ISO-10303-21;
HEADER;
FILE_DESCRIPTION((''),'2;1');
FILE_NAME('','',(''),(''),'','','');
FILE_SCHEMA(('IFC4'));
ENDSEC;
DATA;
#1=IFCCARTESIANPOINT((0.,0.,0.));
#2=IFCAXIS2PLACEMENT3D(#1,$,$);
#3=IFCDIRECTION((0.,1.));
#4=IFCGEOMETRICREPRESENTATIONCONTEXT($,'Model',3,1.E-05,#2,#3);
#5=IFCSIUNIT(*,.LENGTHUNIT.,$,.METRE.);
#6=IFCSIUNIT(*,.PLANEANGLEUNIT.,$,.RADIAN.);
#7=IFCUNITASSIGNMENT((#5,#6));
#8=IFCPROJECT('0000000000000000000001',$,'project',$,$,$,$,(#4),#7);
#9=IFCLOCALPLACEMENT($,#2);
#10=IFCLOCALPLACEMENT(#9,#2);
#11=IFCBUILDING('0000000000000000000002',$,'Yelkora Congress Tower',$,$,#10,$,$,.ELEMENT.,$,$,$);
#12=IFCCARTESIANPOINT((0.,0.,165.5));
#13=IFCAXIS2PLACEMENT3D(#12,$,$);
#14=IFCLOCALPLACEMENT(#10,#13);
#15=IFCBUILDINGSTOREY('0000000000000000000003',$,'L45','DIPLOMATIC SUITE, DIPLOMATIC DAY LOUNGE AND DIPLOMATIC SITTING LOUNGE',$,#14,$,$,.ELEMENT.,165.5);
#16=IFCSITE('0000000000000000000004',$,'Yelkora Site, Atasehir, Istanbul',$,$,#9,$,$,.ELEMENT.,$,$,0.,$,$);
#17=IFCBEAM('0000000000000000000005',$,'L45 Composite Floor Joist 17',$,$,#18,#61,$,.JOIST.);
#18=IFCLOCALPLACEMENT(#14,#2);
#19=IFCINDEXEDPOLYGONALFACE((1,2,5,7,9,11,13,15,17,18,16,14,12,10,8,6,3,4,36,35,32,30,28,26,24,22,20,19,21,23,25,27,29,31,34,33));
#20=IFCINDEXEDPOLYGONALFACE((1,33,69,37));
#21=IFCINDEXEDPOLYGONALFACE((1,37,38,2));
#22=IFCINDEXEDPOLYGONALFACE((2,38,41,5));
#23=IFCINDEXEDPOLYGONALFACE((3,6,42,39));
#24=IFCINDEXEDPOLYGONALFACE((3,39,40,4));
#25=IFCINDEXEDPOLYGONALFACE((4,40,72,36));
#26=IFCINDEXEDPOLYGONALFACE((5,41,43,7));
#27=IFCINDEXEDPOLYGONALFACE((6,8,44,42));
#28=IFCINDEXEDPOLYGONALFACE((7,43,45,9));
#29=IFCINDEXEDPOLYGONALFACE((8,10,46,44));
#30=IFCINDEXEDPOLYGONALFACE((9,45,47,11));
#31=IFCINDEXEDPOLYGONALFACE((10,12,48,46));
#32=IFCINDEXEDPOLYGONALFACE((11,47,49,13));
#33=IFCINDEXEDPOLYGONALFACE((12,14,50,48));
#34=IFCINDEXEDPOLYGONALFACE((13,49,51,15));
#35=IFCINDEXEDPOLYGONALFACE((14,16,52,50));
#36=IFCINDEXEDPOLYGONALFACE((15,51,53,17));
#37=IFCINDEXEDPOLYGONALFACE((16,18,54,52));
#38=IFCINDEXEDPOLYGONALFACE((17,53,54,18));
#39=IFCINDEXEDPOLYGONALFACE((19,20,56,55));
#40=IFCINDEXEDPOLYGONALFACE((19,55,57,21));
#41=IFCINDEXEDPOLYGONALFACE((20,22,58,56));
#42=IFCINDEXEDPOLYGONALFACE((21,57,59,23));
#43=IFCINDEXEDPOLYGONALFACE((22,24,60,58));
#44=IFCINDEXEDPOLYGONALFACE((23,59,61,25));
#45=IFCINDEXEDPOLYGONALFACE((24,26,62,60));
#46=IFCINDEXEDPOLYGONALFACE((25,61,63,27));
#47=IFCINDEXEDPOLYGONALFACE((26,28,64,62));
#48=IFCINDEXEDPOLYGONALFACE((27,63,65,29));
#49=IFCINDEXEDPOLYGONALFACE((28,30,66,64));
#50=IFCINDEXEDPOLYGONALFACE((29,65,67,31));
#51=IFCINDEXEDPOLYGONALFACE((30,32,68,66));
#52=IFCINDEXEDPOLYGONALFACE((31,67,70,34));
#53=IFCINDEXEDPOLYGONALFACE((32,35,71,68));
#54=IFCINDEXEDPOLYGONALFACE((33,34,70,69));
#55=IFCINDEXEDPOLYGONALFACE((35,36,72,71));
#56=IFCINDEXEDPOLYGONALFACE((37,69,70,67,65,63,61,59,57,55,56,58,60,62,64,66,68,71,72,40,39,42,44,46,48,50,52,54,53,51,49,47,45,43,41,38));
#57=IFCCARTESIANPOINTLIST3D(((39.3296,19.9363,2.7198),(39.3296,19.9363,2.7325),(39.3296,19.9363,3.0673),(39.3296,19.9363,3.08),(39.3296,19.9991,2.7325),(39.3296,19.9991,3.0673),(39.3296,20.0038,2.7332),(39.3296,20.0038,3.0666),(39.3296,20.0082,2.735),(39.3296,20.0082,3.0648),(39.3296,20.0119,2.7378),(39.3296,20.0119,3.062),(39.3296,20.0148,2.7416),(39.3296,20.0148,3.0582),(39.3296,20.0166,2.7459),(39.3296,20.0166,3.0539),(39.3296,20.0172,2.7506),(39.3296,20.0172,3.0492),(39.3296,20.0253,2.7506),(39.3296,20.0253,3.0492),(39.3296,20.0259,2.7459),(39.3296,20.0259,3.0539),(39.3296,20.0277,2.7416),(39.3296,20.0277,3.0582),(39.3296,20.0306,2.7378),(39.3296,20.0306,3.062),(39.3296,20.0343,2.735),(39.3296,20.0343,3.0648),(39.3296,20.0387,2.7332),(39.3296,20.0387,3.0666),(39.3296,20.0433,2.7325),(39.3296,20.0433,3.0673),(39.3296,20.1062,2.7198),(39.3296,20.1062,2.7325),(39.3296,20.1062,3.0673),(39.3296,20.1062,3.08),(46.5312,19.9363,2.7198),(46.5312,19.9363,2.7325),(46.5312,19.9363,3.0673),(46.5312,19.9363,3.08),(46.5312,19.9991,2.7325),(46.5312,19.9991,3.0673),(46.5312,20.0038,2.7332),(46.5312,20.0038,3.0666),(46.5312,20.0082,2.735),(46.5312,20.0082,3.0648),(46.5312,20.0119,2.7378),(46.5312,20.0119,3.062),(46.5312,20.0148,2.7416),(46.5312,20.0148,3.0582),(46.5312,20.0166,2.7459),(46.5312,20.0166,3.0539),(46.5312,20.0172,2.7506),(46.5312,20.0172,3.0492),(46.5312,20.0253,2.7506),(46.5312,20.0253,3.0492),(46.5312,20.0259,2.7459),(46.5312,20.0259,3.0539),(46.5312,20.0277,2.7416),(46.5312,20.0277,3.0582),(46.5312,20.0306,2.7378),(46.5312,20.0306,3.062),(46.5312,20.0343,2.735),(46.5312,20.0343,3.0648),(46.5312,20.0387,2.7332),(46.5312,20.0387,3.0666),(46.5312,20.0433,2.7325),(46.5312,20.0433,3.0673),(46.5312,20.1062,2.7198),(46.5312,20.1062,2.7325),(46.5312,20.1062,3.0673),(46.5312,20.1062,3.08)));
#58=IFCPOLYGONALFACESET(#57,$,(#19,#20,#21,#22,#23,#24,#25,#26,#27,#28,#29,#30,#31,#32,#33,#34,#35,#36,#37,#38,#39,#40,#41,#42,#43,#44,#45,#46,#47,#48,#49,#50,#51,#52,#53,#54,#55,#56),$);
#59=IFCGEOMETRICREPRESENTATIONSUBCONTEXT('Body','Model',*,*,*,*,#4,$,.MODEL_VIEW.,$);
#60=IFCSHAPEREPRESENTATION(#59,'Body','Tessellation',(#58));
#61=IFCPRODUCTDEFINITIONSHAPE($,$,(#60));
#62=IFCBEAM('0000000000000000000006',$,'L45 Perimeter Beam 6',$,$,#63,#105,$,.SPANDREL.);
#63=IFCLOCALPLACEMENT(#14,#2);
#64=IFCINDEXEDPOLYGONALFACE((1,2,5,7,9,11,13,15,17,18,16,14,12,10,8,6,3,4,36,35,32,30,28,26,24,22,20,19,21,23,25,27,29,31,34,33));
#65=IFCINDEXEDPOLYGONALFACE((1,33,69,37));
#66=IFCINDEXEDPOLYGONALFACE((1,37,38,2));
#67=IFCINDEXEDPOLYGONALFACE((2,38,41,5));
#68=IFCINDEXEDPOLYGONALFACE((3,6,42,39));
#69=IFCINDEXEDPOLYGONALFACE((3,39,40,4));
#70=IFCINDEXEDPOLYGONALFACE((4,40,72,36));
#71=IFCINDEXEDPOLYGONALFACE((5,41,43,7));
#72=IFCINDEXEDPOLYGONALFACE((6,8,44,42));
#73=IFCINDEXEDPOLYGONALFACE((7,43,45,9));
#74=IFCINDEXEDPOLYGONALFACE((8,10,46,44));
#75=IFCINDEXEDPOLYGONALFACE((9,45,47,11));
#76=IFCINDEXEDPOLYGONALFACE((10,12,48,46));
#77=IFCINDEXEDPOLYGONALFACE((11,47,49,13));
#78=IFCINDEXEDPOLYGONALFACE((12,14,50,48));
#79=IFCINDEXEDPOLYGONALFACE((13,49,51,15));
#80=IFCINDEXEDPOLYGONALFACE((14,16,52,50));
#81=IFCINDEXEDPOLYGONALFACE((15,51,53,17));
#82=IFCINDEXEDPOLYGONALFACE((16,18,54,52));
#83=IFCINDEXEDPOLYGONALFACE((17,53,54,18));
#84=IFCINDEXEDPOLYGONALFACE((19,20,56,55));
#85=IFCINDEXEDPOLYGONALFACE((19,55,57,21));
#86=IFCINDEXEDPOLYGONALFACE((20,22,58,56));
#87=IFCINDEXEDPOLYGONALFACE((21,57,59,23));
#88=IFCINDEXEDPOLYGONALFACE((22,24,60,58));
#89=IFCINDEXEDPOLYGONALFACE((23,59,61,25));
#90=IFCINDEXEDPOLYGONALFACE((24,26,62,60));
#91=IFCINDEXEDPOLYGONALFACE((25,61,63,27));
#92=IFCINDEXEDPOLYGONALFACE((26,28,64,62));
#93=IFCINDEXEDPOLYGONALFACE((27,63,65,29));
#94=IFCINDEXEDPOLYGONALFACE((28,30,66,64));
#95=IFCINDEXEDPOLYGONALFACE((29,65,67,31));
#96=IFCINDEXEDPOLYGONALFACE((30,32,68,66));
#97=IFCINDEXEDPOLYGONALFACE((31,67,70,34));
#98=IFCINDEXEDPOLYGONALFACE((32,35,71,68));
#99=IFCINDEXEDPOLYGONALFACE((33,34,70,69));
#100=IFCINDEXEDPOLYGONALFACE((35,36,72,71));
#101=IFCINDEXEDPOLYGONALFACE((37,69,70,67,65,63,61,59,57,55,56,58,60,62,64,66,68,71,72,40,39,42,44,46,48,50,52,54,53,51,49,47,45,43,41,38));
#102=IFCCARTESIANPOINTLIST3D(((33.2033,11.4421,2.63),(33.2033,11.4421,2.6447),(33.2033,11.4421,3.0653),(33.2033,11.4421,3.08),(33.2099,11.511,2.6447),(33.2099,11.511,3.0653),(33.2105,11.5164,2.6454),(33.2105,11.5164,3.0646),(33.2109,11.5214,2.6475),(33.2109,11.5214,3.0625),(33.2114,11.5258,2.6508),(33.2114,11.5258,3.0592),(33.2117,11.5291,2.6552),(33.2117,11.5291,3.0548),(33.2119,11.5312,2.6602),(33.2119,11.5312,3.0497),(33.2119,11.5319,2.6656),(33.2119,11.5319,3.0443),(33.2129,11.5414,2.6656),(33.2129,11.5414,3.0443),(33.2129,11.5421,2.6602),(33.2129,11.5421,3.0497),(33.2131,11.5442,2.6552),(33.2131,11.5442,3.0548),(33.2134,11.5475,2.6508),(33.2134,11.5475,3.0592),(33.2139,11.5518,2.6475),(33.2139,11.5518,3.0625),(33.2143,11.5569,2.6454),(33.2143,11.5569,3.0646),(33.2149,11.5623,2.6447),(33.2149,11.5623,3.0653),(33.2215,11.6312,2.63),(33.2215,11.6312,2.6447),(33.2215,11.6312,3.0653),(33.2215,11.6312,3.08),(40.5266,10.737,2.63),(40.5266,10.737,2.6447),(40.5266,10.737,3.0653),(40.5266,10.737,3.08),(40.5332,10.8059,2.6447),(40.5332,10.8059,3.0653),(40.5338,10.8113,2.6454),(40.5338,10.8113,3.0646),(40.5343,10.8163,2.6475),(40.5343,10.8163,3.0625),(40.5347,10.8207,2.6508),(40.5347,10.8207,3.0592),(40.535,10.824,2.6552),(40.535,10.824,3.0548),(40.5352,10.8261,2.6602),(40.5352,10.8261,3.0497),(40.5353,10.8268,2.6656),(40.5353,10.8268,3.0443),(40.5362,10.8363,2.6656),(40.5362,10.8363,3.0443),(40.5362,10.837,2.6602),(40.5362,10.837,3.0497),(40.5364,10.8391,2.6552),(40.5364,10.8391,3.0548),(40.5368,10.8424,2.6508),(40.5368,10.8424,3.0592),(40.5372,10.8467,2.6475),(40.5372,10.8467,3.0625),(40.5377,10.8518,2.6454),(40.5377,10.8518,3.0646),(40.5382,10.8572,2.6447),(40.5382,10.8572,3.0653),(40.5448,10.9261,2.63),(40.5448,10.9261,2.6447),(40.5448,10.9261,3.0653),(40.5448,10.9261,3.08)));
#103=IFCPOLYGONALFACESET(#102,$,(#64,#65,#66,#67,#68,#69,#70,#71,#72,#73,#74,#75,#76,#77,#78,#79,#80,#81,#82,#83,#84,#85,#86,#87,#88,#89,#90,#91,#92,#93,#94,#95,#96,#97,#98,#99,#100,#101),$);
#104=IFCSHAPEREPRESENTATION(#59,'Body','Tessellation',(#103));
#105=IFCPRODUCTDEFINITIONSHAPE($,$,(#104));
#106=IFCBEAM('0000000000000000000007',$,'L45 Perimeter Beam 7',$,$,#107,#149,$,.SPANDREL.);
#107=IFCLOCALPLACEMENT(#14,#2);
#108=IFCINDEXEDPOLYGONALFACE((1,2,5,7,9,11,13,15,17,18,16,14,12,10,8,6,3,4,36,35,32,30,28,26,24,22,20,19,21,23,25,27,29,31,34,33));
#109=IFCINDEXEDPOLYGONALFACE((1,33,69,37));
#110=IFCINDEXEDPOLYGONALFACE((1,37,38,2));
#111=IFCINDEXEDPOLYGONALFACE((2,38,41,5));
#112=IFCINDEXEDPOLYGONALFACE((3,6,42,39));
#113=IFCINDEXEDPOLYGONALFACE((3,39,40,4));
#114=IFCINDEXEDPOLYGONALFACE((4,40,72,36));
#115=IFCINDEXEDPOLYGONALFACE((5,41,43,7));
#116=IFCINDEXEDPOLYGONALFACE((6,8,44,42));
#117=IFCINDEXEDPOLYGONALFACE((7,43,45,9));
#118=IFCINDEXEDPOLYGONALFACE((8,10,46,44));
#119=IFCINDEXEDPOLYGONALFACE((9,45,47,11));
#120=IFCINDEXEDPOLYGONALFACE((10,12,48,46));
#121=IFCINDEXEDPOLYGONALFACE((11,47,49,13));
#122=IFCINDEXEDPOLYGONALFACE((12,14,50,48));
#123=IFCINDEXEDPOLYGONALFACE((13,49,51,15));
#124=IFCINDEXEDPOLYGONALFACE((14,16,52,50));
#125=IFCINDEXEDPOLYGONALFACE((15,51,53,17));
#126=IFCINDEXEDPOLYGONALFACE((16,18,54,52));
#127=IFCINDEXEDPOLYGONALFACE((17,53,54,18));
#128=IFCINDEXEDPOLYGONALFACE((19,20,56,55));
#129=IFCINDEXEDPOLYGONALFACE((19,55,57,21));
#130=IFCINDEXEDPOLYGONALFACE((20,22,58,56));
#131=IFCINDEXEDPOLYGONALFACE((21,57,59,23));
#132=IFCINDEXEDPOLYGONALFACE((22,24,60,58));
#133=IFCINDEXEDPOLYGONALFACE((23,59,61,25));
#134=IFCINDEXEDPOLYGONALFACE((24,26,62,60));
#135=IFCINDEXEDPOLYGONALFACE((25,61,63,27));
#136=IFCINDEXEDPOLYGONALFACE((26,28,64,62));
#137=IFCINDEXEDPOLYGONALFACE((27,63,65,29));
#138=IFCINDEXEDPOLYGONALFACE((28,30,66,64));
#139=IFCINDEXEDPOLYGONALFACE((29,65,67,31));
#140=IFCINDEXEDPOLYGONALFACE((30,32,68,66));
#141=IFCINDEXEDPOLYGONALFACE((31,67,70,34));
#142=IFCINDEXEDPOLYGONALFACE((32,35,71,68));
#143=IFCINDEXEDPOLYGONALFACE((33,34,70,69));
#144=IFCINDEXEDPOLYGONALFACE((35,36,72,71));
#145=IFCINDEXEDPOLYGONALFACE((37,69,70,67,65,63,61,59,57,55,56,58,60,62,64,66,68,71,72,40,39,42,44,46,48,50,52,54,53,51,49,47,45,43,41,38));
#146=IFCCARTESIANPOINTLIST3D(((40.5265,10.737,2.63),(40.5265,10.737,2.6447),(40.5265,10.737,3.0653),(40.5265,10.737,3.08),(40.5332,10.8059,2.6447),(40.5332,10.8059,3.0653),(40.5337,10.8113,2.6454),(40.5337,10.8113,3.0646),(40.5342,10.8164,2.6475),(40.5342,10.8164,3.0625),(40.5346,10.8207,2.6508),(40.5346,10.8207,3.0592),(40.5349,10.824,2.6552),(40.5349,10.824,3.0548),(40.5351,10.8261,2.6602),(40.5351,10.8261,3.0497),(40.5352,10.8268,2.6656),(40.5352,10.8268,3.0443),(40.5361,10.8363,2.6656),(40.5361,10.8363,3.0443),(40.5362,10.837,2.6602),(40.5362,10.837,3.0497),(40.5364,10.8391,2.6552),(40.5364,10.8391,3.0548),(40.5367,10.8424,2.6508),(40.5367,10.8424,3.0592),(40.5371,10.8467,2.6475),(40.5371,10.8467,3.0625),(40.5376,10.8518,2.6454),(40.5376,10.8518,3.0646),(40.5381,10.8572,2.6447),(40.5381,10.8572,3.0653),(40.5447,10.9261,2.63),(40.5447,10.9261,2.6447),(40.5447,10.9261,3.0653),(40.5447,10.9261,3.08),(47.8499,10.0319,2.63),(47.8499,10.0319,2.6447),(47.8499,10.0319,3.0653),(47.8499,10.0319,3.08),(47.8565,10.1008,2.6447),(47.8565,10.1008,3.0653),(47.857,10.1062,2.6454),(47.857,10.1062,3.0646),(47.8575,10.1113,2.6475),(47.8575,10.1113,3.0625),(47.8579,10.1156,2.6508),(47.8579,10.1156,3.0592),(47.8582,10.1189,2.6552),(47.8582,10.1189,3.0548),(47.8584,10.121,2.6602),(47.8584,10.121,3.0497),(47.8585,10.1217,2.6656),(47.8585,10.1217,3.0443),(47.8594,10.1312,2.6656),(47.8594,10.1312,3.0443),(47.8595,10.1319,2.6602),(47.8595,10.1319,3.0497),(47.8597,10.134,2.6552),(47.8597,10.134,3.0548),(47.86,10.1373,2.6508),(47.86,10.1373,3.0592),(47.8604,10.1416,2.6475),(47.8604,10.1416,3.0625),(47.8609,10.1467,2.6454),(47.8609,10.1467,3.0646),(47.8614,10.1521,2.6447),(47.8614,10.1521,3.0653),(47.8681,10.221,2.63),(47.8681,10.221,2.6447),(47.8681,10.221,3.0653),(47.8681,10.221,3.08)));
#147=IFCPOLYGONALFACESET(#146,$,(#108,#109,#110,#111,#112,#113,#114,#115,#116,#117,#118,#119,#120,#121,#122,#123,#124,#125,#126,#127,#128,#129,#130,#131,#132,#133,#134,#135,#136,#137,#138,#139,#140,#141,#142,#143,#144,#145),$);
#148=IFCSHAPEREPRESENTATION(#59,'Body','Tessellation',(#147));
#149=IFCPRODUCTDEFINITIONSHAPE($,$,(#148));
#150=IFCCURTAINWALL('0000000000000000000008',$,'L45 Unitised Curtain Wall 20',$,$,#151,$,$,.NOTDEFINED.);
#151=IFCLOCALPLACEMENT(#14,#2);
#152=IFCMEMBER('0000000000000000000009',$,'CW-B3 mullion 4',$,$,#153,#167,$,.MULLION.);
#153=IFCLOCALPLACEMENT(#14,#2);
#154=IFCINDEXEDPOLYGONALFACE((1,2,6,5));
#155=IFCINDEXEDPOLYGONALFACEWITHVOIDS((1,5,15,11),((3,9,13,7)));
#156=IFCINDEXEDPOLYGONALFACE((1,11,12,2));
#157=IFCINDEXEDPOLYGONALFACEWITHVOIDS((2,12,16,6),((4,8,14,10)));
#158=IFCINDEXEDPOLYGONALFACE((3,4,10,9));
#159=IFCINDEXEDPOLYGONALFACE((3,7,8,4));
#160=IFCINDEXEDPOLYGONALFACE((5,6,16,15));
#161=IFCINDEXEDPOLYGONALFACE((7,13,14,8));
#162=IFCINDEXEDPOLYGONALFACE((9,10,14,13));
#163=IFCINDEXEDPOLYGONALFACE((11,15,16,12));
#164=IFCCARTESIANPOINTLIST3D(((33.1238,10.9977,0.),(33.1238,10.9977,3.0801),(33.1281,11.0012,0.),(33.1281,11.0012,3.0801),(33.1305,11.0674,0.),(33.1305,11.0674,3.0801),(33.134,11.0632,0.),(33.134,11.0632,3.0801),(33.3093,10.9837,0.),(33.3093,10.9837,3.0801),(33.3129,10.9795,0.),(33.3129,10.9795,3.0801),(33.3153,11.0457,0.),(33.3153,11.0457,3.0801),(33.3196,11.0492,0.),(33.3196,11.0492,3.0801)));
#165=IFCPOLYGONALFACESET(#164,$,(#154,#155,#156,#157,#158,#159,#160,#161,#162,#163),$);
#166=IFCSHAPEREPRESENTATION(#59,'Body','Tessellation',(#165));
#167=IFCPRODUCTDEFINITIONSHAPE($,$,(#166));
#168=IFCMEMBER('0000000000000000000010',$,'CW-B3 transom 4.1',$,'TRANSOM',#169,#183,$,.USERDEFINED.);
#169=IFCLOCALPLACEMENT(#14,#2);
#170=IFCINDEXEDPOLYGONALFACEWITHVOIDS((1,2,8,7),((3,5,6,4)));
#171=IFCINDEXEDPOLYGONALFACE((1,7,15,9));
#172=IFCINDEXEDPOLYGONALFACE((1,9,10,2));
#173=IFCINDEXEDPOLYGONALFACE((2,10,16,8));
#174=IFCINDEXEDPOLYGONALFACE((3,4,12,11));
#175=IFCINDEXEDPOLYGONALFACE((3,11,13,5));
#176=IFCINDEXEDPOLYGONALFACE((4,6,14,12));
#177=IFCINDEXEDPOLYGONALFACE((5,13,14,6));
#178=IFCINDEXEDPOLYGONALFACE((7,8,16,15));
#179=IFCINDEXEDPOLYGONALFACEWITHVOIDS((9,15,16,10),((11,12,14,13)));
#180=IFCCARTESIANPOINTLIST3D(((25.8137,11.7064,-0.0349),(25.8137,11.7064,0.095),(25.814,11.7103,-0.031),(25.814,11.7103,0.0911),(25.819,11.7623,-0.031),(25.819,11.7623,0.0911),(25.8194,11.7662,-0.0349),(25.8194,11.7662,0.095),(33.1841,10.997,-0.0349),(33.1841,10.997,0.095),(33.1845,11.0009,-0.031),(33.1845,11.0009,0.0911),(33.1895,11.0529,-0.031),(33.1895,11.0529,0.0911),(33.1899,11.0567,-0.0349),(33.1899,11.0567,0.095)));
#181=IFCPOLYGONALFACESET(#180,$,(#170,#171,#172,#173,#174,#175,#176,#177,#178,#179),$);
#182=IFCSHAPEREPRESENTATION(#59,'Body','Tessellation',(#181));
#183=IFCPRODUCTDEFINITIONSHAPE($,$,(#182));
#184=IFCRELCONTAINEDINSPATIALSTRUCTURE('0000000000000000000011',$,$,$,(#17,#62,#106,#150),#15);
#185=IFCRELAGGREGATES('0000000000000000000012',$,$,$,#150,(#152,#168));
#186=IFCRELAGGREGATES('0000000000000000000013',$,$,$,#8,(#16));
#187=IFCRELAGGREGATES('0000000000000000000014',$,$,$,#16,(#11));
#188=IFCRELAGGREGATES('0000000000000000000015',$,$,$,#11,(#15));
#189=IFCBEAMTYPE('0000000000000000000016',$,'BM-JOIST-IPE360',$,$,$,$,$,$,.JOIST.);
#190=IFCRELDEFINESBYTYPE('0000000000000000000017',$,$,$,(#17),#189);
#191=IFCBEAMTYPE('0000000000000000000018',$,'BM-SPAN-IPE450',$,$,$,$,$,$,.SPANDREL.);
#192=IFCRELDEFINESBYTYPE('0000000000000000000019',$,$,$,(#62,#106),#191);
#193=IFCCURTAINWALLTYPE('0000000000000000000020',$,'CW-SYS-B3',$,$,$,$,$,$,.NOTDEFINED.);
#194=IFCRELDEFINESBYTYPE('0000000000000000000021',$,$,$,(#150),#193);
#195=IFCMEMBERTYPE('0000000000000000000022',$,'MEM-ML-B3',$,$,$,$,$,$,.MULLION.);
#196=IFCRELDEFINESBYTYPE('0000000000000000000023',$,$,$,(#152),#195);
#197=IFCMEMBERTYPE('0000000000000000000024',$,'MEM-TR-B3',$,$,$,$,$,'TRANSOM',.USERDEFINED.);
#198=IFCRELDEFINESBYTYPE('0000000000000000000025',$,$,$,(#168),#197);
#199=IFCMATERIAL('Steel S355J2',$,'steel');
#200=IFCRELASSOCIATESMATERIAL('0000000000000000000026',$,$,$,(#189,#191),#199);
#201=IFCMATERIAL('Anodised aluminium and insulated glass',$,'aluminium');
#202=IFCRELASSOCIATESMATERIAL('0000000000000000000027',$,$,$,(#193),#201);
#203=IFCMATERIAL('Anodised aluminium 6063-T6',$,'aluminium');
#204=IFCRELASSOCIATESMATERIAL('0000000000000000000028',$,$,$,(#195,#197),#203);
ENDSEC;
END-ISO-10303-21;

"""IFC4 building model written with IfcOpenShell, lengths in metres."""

from ifc_helpers import new_model, si_unit, direction, frame, origin, origin_2d, place, context, subcontext, project, spatial, hollow_rectangle, i_section, extrude, material, material_profile, profile_set, type_object, element, aggregate, save


model = new_model("IFC4")

# Units and contexts
model_context = context("Model", 3, precision=1e-05, world=origin(), true_north=direction((0.0, 1.0)))
body_context = subcontext(model_context, "Body", "Model", "MODEL_VIEW")
ifc_project = project(units=[si_unit("LENGTHUNIT", "METRE"), si_unit("PLANEANGLEUNIT", "RADIAN")], contexts=[model_context])

# Site, building, storey
site_placement = place(None, origin())
site = spatial("IfcSite", under=ifc_project, at=site_placement, Name="Yelkora Site, Atasehir, Istanbul", CompositionType="ELEMENT", RefElevation=0.0)
building_placement = place(site_placement, origin())
building = spatial("IfcBuilding", under=site, at=building_placement, Name="Yelkora Congress Tower", CompositionType="ELEMENT")
storey_placement = place(building_placement, frame((0.0, 0.0, 165.5)))
storey = spatial("IfcBuildingStorey", under=building, at=storey_placement, Name="L45", Description="DIPLOMATIC SUITE, DIPLOMATIC DAY LOUNGE AND DIPLOMATIC SITTING LOUNGE", CompositionType="ELEMENT", Elevation=165.5)

# Beams
ifc_material_1 = material(Name="Steel S355J2", Category="steel")
ifc_material_profile_1 = material_profile(ifc_material_1, i_section(OverallWidth=0.1699, OverallDepth=0.3601, WebThickness=0.0081, FlangeThickness=0.0127, FilletRadius=0.0181, at=origin_2d()), Name="IPE 360")
ifc_profile_set_1 = profile_set([ifc_material_profile_1], Name="Steel S355J2")
beam_type_1 = type_object("IfcBeamType", Name="BM-JOIST-IPE360", PredefinedType="JOIST", material=ifc_profile_set_1)
beam_1_placement = place(storey_placement, frame((39.3296, 20.0212, 2.8999), z_axis=(1.0, 0.0, 0.0), x_axis=(0.0, 1.0, 0.0)))
element("IfcBeam", 1, at=beam_1_placement, inside=storey, type_object=beam_type_1, Name="L45 Composite Floor Joist 17", PredefinedType="JOIST", context=body_context, shape_type="SweptSolid", body=[
    extrude(i_section(OverallWidth=0.1699, OverallDepth=0.3601, WebThickness=0.0081, FlangeThickness=0.0127, FilletRadius=0.0181, at=origin_2d()), origin(), (0.0, 0.0, 1.0), 7.2017),
])
ifc_material_profile_2 = material_profile(ifc_material_1, i_section(OverallWidth=0.1899, OverallDepth=0.45, WebThickness=0.0095, FlangeThickness=0.0146, FilletRadius=0.021, at=origin_2d()), Name="IPE 450")
ifc_profile_set_2 = profile_set([ifc_material_profile_2], Name="Steel S355J2")
beam_type_2 = type_object("IfcBeamType", Name="BM-SPAN-IPE450", PredefinedType="SPANDREL", material=ifc_profile_set_2)
for number, where, z_axis, x_axis, name in (
    (2, (33.2124, 11.5366, 2.855), (0.995397, -0.095836, 0.0), (0.095836, 0.995397, 0.0), "L45 Perimeter Beam 6"),
    (3, (40.5356, 10.8315, 2.855), (0.995397, -0.095836, 0.0), (0.095836, 0.995397, 0.0), "L45 Perimeter Beam 7"),
):
    element("IfcBeam", number, at=place(storey_placement, frame(where, z_axis=z_axis, x_axis=x_axis)), inside=storey, type_object=beam_type_2, Name=name, PredefinedType="SPANDREL", context=body_context, shape_type="SweptSolid", body=[
        extrude(i_section(OverallWidth=0.1899, OverallDepth=0.45, WebThickness=0.0095, FlangeThickness=0.0146, FilletRadius=0.021, at=origin_2d()), origin(), (0.0, 0.0, 1.0), 7.3572),
    ])

# Curtain wall, members
ifc_material_2 = material(Name="Anodised aluminium and insulated glass", Category="aluminium")
curtain_wall_type = type_object("IfcCurtainWallType", Name="CW-SYS-B3", PredefinedType="NOTDEFINED", material=ifc_material_2)
curtain_wall_placement = place(storey_placement, origin())
curtain_wall = element("IfcCurtainWall", 4, at=curtain_wall_placement, inside=storey, type_object=curtain_wall_type, Name="L45 Unitised Curtain Wall 20", PredefinedType="NOTDEFINED")
ifc_material_3 = material(Name="Anodised aluminium 6063-T6", Category="aluminium")
ifc_material_profile_3 = material_profile(ifc_material_3, hollow_rectangle(XDim=0.0701, YDim=0.1899, WallThickness=0.0039, at=origin_2d()), Name="ALU 70x190x4")
ifc_profile_set_3 = profile_set([ifc_material_profile_3], Name="Anodised aluminium 6063-T6")
member_type_1 = type_object("IfcMemberType", Name="MEM-ML-B3", PredefinedType="MULLION", material=ifc_profile_set_3)
member_1_placement = place(storey_placement, frame((33.2217, 11.0234, 0.0), z_axis=(0.0, 0.0, 1.0), x_axis=(-0.095845, -0.995396, 0.0)))
member_1 = element("IfcMember", 5, at=member_1_placement, type_object=member_type_1, Name="CW-B3 mullion 4", PredefinedType="MULLION", context=body_context, shape_type="SweptSolid", body=[
    extrude(hollow_rectangle(XDim=0.0701, YDim=0.1899, WallThickness=0.0039, at=origin_2d()), origin(), (0.0, 0.0, 1.0), 3.0801),
])
ifc_material_profile_4 = material_profile(ifc_material_3, hollow_rectangle(XDim=0.0601, YDim=0.1299, WallThickness=0.0039, at=origin_2d()), Name="ALU 60x130x4")
ifc_profile_set_4 = profile_set([ifc_material_profile_4], Name="Anodised aluminium 6063-T6")
member_type_2 = type_object("IfcMemberType", Name="MEM-TR-B3", ElementType="TRANSOM", PredefinedType="USERDEFINED", material=ifc_profile_set_4)
member_2_placement = place(storey_placement, frame((33.187, 11.0269, 0.03), z_axis=(-0.995399, 0.095817, 0.0), x_axis=(-0.095817, -0.995399, 0.0)))
member_2 = element("IfcMember", 6, at=member_2_placement, type_object=member_type_2, Name="CW-B3 transom 4.1", ObjectType="TRANSOM", PredefinedType="USERDEFINED", context=body_context, shape_type="SweptSolid", body=[
    extrude(hollow_rectangle(XDim=0.0601, YDim=0.1299, WallThickness=0.0039, at=origin_2d()), origin(), (0.0, 0.0, 1.0), 7.4045),
])
aggregate(curtain_wall, [member_1, member_2])

save(model, "model.ifc")
